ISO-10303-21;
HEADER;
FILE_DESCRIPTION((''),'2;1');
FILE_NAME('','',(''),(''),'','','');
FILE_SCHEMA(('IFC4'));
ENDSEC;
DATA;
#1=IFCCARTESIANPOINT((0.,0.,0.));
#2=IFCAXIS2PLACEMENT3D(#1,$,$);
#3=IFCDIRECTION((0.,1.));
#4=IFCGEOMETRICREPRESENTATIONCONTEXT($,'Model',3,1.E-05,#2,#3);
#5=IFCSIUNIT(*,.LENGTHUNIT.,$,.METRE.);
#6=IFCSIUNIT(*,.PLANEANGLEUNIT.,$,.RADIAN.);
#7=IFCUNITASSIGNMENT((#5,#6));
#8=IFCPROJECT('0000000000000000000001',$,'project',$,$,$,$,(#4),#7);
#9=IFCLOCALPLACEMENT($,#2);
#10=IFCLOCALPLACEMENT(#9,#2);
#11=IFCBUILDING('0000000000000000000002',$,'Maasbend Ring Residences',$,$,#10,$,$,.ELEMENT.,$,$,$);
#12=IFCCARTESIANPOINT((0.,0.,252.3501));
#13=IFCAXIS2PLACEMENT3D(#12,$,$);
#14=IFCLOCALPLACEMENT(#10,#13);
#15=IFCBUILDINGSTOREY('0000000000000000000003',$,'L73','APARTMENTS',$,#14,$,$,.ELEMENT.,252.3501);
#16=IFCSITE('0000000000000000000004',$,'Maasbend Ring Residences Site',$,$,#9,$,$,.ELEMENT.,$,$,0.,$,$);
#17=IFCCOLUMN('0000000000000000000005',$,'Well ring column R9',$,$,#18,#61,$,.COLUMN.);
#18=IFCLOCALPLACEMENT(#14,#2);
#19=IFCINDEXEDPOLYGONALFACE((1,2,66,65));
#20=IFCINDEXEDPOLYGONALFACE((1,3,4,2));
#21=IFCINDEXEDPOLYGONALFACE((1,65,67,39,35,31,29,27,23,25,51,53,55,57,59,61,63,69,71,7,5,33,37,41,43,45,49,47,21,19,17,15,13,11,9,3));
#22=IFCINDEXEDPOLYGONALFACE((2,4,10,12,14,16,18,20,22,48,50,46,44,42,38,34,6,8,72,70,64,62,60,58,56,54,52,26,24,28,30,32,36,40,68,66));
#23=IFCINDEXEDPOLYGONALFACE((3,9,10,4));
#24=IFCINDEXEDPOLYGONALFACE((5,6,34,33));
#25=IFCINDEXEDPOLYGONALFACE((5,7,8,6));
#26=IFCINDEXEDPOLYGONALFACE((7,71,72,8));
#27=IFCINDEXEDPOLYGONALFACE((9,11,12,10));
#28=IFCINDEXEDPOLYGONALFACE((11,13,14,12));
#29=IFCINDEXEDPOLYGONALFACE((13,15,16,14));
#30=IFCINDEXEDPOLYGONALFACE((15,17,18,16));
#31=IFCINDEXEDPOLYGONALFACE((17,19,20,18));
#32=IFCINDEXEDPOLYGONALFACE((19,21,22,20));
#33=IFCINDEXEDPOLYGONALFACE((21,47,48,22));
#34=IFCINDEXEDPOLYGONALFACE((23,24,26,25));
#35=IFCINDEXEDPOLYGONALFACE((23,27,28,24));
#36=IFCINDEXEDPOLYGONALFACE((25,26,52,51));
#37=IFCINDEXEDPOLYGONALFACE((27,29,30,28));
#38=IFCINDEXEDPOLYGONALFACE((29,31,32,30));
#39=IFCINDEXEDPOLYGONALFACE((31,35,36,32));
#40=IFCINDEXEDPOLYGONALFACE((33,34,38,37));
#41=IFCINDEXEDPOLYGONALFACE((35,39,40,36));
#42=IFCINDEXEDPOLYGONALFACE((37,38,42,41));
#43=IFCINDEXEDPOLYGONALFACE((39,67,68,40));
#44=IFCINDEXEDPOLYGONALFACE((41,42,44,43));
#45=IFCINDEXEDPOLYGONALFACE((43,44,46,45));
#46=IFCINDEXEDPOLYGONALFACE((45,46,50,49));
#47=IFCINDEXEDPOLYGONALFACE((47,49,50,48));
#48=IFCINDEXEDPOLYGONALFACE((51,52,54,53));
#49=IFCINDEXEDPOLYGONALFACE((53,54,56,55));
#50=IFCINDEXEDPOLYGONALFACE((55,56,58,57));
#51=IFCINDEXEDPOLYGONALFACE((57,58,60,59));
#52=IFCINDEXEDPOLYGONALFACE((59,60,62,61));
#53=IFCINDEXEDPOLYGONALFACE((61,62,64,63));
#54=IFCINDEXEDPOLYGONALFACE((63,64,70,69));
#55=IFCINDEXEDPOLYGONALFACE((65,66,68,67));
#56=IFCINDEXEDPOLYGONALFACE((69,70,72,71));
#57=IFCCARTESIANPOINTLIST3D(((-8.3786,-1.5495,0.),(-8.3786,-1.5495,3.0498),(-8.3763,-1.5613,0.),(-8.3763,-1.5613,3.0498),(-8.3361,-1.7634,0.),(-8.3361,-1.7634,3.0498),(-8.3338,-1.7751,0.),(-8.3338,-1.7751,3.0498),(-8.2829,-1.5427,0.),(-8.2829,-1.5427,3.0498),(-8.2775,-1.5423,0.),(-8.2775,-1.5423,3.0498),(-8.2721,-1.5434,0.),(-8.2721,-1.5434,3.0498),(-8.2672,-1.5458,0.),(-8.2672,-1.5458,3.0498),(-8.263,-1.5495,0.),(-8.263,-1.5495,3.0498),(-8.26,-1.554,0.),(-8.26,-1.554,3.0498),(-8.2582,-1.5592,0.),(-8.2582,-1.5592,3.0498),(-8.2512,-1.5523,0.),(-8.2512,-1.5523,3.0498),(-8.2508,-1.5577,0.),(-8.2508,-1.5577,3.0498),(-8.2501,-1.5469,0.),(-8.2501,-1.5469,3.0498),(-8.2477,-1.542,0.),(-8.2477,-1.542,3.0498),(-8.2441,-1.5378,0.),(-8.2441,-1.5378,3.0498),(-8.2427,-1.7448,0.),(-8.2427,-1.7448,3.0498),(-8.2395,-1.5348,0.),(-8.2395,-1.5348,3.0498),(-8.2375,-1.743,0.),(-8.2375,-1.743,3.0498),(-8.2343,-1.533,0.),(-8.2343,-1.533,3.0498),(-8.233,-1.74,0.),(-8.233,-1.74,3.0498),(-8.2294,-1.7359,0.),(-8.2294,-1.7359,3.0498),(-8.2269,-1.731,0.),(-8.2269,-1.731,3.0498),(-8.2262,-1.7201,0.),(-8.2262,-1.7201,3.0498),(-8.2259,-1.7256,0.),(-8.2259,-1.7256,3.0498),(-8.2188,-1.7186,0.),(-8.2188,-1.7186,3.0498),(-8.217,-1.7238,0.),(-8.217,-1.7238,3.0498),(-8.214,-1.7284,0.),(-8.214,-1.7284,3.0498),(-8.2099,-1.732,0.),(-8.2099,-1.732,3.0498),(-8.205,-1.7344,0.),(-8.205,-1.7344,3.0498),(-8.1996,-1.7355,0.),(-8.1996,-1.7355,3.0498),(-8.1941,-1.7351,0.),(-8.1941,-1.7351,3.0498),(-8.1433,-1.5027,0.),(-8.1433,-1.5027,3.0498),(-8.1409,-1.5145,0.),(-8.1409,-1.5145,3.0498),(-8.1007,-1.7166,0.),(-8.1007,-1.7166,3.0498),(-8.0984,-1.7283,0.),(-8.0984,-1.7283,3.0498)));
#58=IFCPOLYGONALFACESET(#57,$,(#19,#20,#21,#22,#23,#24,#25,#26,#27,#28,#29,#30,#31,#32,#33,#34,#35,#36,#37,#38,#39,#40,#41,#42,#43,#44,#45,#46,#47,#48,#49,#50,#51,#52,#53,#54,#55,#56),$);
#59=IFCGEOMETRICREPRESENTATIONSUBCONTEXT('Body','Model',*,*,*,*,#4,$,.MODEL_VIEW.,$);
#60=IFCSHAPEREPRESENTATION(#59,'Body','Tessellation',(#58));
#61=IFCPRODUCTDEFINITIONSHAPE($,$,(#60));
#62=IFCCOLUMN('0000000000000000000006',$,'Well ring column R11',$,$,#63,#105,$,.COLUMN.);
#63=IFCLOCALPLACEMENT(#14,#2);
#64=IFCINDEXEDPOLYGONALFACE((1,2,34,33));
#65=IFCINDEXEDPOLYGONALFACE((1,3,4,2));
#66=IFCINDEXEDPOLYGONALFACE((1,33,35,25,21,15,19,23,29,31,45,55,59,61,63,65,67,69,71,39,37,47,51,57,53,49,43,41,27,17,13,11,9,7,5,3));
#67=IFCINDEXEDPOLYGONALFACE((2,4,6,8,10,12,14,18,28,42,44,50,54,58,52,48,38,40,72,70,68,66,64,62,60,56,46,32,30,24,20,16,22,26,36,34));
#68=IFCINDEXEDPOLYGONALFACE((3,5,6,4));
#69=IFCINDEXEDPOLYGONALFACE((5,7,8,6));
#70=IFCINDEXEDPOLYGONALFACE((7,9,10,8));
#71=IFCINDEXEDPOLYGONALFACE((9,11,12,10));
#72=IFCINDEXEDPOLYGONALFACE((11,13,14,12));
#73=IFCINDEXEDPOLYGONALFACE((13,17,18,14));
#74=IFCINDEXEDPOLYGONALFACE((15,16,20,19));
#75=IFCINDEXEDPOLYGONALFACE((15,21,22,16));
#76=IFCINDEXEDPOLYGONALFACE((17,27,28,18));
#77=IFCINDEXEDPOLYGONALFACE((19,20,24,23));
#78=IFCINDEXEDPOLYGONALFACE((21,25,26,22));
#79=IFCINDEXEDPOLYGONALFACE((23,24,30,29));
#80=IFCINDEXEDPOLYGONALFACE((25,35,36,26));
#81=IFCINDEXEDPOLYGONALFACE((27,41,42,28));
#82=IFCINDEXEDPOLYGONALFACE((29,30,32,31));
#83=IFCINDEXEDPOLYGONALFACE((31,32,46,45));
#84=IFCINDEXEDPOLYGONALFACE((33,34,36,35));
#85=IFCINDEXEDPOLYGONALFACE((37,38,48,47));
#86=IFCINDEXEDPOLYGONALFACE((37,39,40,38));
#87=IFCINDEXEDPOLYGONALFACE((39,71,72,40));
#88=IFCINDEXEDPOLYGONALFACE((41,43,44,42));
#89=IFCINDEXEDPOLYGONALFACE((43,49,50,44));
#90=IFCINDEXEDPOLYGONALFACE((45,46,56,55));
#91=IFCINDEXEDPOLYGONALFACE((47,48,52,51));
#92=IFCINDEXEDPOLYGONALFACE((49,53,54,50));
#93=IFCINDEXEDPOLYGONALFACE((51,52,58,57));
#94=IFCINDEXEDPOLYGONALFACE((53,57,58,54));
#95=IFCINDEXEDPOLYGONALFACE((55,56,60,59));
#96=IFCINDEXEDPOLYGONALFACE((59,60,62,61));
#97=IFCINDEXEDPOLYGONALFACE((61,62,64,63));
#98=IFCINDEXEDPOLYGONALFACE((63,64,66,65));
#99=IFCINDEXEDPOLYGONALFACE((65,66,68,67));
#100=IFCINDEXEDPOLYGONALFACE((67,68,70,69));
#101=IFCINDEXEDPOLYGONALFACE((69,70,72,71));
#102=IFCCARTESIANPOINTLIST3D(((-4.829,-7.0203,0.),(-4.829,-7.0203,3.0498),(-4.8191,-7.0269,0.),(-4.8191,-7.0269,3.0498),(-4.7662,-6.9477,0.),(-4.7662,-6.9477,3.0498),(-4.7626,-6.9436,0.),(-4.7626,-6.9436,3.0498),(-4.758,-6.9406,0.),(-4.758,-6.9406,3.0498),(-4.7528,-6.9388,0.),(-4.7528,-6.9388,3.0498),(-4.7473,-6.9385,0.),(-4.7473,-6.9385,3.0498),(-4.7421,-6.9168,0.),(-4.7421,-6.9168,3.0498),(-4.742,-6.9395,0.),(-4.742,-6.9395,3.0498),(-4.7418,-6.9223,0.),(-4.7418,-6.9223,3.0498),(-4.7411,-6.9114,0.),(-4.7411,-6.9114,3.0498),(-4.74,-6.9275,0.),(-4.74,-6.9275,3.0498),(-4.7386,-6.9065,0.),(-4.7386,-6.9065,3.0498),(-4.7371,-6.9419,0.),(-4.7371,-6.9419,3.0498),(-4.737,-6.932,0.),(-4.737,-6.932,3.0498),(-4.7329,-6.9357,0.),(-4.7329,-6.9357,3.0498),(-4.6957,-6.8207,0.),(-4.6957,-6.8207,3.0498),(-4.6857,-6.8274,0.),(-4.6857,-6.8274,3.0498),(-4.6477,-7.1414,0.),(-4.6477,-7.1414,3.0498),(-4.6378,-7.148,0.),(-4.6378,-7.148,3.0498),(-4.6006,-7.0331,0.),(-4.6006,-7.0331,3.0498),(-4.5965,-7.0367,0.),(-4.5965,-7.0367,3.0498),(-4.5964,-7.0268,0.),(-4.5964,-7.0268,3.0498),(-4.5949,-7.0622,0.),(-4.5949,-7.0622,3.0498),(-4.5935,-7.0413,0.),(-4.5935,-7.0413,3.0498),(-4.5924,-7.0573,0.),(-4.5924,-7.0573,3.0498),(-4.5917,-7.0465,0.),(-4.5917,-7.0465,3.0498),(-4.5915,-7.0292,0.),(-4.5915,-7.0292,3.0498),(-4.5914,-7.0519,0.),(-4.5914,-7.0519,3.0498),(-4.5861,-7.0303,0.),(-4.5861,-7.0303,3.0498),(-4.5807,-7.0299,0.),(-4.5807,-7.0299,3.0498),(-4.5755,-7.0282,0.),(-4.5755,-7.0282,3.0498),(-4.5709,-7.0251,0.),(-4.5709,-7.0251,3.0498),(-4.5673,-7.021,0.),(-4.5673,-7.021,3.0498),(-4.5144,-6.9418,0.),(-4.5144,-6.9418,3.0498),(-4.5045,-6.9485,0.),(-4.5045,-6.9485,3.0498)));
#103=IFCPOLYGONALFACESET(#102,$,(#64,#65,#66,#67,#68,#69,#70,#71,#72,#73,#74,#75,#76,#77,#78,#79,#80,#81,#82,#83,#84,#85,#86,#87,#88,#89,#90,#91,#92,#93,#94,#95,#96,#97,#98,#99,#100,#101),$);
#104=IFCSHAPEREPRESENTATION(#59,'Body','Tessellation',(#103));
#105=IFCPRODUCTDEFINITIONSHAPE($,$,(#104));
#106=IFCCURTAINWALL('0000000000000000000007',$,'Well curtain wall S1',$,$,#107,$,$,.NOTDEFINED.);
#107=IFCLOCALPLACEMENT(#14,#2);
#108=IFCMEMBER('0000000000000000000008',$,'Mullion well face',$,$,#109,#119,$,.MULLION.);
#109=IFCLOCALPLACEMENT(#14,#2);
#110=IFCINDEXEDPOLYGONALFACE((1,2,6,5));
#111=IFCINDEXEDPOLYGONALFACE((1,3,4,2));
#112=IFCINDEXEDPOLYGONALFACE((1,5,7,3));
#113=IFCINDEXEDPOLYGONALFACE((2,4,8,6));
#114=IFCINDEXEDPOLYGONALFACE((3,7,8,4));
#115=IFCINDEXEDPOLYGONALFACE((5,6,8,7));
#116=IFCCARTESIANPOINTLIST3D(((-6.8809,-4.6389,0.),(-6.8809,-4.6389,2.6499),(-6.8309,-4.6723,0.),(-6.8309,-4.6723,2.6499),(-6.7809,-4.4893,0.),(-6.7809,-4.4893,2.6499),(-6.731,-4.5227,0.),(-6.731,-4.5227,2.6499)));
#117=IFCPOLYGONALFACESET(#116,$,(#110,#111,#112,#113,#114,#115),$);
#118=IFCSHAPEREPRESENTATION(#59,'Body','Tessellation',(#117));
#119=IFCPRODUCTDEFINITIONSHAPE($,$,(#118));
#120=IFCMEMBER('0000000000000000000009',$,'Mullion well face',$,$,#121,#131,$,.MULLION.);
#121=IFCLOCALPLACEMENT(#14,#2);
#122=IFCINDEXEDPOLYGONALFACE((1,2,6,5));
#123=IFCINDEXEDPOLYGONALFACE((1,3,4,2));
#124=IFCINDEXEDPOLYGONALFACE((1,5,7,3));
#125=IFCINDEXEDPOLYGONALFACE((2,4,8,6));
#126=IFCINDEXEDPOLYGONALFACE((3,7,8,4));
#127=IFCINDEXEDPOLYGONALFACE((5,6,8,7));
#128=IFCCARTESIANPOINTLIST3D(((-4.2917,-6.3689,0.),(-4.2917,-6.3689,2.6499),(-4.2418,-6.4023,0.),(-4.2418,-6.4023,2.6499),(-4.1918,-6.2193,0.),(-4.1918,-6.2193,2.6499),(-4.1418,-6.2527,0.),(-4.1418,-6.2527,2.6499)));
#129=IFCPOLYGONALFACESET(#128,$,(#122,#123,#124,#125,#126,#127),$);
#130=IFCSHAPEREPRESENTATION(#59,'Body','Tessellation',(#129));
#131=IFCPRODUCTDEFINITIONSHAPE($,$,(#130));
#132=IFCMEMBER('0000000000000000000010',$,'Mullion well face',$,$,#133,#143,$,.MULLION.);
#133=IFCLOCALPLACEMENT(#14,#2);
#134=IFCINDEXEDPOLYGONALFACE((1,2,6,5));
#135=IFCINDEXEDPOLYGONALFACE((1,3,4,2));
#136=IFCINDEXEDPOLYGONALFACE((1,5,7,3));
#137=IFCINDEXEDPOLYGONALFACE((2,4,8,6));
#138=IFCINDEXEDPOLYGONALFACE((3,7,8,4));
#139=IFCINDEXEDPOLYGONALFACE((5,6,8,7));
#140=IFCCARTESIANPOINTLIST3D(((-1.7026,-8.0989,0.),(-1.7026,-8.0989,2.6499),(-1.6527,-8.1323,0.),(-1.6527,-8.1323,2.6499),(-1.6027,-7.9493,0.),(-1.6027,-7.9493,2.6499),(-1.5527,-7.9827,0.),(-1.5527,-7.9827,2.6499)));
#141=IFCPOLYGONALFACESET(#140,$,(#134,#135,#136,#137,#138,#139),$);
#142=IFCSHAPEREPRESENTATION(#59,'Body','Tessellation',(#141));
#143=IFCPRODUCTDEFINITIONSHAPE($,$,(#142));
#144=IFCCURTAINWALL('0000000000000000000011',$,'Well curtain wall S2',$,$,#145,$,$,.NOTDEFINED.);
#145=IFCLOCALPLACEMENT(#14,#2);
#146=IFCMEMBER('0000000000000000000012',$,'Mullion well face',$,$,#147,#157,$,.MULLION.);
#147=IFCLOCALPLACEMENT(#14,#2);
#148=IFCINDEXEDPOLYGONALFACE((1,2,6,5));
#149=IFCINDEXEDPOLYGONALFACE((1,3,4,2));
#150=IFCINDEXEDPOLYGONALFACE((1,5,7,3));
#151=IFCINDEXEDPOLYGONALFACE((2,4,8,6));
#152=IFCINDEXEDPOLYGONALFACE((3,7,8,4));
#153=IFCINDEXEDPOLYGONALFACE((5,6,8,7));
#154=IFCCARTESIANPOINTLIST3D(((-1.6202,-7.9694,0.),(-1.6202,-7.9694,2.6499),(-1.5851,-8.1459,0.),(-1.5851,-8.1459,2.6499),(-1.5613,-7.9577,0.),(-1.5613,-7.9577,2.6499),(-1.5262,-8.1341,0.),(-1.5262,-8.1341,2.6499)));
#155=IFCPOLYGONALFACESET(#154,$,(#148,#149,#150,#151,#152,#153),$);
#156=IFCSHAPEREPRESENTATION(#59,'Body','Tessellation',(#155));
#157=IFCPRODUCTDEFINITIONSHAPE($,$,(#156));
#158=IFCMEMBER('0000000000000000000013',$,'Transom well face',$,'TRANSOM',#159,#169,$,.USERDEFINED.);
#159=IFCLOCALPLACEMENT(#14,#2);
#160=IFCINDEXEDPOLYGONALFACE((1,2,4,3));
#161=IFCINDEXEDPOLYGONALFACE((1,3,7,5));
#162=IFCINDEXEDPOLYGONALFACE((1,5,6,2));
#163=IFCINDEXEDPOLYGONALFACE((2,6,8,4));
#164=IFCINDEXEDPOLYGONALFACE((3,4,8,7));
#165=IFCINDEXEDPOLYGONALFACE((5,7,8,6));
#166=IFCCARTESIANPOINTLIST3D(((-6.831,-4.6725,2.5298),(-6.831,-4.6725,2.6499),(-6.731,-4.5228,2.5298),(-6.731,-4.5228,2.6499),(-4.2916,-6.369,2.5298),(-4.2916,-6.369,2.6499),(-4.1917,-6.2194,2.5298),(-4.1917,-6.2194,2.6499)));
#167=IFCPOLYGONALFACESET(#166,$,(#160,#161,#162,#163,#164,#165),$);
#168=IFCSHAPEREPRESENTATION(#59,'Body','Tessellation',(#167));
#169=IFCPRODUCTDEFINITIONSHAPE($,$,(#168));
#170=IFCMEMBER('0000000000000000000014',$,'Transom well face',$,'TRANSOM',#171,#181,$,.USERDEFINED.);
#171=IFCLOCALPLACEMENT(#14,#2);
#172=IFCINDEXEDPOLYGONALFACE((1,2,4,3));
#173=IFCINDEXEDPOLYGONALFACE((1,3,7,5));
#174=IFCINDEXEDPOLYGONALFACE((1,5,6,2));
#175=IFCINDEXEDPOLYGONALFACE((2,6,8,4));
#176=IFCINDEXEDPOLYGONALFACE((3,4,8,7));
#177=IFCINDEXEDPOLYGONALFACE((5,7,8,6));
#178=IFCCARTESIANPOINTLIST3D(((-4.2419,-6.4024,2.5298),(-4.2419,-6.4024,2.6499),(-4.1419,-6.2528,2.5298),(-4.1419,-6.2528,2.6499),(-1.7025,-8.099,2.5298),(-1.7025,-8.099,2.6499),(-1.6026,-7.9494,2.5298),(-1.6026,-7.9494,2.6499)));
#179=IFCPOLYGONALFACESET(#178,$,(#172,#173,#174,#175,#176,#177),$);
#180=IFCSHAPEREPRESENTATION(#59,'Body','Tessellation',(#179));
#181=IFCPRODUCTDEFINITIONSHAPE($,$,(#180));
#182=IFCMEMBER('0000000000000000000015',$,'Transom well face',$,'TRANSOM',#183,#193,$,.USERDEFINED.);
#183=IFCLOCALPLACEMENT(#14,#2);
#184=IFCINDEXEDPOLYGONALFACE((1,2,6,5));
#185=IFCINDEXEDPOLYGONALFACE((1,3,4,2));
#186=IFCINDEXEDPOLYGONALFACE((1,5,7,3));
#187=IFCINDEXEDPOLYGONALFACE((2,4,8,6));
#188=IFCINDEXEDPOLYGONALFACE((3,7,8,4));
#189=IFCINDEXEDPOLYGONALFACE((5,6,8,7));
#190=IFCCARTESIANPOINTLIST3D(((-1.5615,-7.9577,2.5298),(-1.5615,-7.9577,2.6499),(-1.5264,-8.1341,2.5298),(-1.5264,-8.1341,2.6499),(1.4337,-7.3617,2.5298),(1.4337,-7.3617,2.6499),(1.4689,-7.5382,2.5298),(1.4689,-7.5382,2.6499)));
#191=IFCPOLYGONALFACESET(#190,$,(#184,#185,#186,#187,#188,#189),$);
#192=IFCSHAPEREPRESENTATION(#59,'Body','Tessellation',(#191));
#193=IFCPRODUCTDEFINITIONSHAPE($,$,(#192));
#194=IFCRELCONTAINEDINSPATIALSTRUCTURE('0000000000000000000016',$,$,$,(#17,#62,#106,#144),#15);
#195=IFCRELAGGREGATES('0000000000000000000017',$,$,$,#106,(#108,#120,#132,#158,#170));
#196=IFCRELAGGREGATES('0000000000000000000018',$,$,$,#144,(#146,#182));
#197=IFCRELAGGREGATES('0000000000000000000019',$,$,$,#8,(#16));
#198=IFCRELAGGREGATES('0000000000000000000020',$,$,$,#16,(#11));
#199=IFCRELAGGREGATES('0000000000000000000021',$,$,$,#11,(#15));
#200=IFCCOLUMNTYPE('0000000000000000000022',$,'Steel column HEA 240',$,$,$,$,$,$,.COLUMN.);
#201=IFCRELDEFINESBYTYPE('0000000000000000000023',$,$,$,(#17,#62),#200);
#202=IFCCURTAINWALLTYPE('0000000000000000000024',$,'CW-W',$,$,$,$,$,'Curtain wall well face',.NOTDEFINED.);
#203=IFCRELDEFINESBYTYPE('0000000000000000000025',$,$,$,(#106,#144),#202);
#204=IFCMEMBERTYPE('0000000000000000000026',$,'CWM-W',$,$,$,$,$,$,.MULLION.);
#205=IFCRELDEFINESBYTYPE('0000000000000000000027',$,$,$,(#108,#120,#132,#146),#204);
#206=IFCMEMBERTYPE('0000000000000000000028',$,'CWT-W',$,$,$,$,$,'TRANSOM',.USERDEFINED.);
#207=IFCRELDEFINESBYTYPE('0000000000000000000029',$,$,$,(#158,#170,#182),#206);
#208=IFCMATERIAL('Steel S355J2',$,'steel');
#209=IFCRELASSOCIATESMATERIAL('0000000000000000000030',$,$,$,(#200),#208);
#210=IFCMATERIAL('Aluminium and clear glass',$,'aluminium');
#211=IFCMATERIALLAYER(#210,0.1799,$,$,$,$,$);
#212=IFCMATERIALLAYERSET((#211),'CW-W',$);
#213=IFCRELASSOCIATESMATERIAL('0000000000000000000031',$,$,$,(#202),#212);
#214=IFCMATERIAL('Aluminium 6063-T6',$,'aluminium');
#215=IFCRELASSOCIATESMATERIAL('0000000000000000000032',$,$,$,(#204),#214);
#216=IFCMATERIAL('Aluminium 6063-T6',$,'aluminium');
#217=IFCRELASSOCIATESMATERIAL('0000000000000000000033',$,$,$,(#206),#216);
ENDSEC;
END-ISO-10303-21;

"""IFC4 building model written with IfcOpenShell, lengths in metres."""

from ifc_helpers import new_model, si_unit, direction, frame, origin, origin_2d, place, context, subcontext, project, spatial, rectangle, i_section, extrude, material, layer, layer_set, material_profile, profile_set, type_object, element, aggregate, save


model = new_model("IFC4")

# Units and contexts
model_context = context("Model", 3, precision=1e-05, world=origin(), true_north=direction((0.0, 1.0)))
body_context = subcontext(model_context, "Body", "Model", "MODEL_VIEW")
ifc_project = project(units=[si_unit("LENGTHUNIT", "METRE"), si_unit("PLANEANGLEUNIT", "RADIAN")], contexts=[model_context])

# Site, building, storey
site_placement = place(None, origin())
site = spatial("IfcSite", under=ifc_project, at=site_placement, Name="Maasbend Ring Residences Site", CompositionType="ELEMENT", RefElevation=0.0)
building_placement = place(site_placement, origin())
building = spatial("IfcBuilding", under=site, at=building_placement, Name="Maasbend Ring Residences", CompositionType="ELEMENT")
storey_placement = place(building_placement, frame((0.0, 0.0, 252.3501)))
storey = spatial("IfcBuildingStorey", under=building, at=storey_placement, Name="L73", Description="APARTMENTS", CompositionType="ELEMENT", Elevation=252.3501)

# Columns
ifc_material_1 = material(Name="Steel S355J2", Category="steel")
ifc_material_profile_1 = material_profile(ifc_material_1, i_section(OverallWidth=0.24, OverallDepth=0.23, WebThickness=0.0076, FlangeThickness=0.012, FilletRadius=0.021, at=origin_2d()), Name="HEA 240")
ifc_profile_set_1 = profile_set([ifc_material_profile_1], Name="Steel S355J2")
column_type = type_object("IfcColumnType", Name="Steel column HEA 240", PredefinedType="COLUMN", material=ifc_profile_set_1)
for number, where, z_axis, x_axis, name in (
    (1, (-8.2385, -1.6389, 0.0), (0.0, 0.0, 1.0), (-0.980785, -0.19509, 0.0), "Well ring column R9"),
    (2, (-4.6667, -6.9844, 0.0), (0.0, 0.0, 1.0), (-0.55557, -0.83147, 0.0), "Well ring column R11"),
):
    element("IfcColumn", number, at=place(storey_placement, frame(where, z_axis=z_axis, x_axis=x_axis)), inside=storey, type_object=column_type, Name=name, PredefinedType="COLUMN", context=body_context, shape_type="SweptSolid", body=[
        extrude(i_section(OverallWidth=0.24, OverallDepth=0.23, WebThickness=0.0076, FlangeThickness=0.012, FilletRadius=0.021, at=origin_2d()), origin(), (0.0, 0.0, 1.0), 3.0498),
    ])

# Curtain wall, members
ifc_material_2 = material(Name="Aluminium and clear glass", Category="aluminium")
ifc_layer_1 = layer(ifc_material_2, 0.1799)
ifc_layer_set_1 = layer_set([ifc_layer_1], Name="CW-W")
curtain_wall_type = type_object("IfcCurtainWallType", Name="CW-W", ElementType="Curtain wall well face", PredefinedType="NOTDEFINED", material=ifc_layer_set_1)
curtain_wall_1_placement = place(storey_placement, origin())
curtain_wall_1 = element("IfcCurtainWall", 3, at=curtain_wall_1_placement, inside=storey, type_object=curtain_wall_type, Name="Well curtain wall S1", PredefinedType="NOTDEFINED")
ifc_material_3 = material(Name="Aluminium 6063-T6", Category="aluminium")
ifc_material_profile_2 = material_profile(ifc_material_3, rectangle(XDim=0.1799, YDim=0.0601, at=origin_2d()), Name="AL 180x60")
ifc_profile_set_2 = profile_set([ifc_material_profile_2], Name="Aluminium 6063-T6")
member_type_1 = type_object("IfcMemberType", Name="CWM-W", PredefinedType="MULLION", material=ifc_profile_set_2)
member_1_placement = place(storey_placement, frame((-6.8059, -4.5808, 0.0), z_axis=(0.0, 0.0, 1.0), x_axis=(0.55557, 0.83147, 0.0)))
member_1 = element("IfcMember", 4, at=member_1_placement, type_object=member_type_1, Name="Mullion well face", PredefinedType="MULLION", context=body_context, shape_type="SweptSolid", body=[
    extrude(rectangle(XDim=0.1799, YDim=0.0601, at=origin_2d()), origin(), (0.0, 0.0, 1.0), 2.6499),
])
member_2_placement = place(storey_placement, frame((-4.2168, -6.3108, 0.0), z_axis=(0.0, 0.0, 1.0), x_axis=(0.55557, 0.83147, 0.0)))
member_2 = element("IfcMember", 5, at=member_2_placement, type_object=member_type_1, Name="Mullion well face", PredefinedType="MULLION", context=body_context, shape_type="SweptSolid", body=[
    extrude(rectangle(XDim=0.1799, YDim=0.0601, at=origin_2d()), origin(), (0.0, 0.0, 1.0), 2.6499),
])
member_3_placement = place(storey_placement, frame((-1.6277, -8.0408, 0.0), z_axis=(0.0, 0.0, 1.0), x_axis=(0.55557, 0.83147, 0.0)))
member_3 = element("IfcMember", 6, at=member_3_placement, type_object=member_type_1, Name="Mullion well face", PredefinedType="MULLION", context=body_context, shape_type="SweptSolid", body=[
    extrude(rectangle(XDim=0.1799, YDim=0.0601, at=origin_2d()), origin(), (0.0, 0.0, 1.0), 2.6499),
])

# Curtain wall, member
curtain_wall_2_placement = place(storey_placement, origin())
curtain_wall_2 = element("IfcCurtainWall", 7, at=curtain_wall_2_placement, inside=storey, type_object=curtain_wall_type, Name="Well curtain wall S2", PredefinedType="NOTDEFINED")
member_4_placement = place(storey_placement, frame((-1.5732, -8.0518, 0.0), z_axis=(0.0, 0.0, 1.0), x_axis=(-0.19509, 0.980785, 0.0)))
member_4 = element("IfcMember", 8, at=member_4_placement, type_object=member_type_1, Name="Mullion well face", PredefinedType="MULLION", context=body_context, shape_type="SweptSolid", body=[
    extrude(rectangle(XDim=0.1799, YDim=0.0601, at=origin_2d()), origin(), (0.0, 0.0, 1.0), 2.6499),
])

# Members
ifc_material_4 = material(Name="Aluminium 6063-T6", Category="aluminium")
ifc_material_profile_3 = material_profile(ifc_material_4, rectangle(XDim=0.1799, YDim=0.1201, at=origin_2d()), Name="AL 180x120")
ifc_profile_set_3 = profile_set([ifc_material_profile_3], Name="Aluminium 6063-T6")
member_type_2 = type_object("IfcMemberType", Name="CWT-W", ElementType="TRANSOM", PredefinedType="USERDEFINED", material=ifc_profile_set_3)
member_5_placement = place(storey_placement, frame((-6.781, -4.5977, 2.5898), z_axis=(0.831496, -0.55553, 0.0), x_axis=(0.55553, 0.831496, 0.0)))
member_5 = element("IfcMember", 9, at=member_5_placement, type_object=member_type_2, Name="Transom well face", ObjectType="TRANSOM", PredefinedType="USERDEFINED", context=body_context, shape_type="SweptSolid", body=[
    extrude(rectangle(XDim=0.1799, YDim=0.1201, at=origin_2d()), origin(), (0.0, 0.0, 1.0), 3.054),
])
member_6_placement = place(storey_placement, frame((-4.1919, -6.3276, 2.5898), z_axis=(0.831496, -0.55553, 0.0), x_axis=(0.55553, 0.831496, 0.0)))
member_6 = element("IfcMember", 10, at=member_6_placement, type_object=member_type_2, Name="Transom well face", ObjectType="TRANSOM", PredefinedType="USERDEFINED", context=body_context, shape_type="SweptSolid", body=[
    extrude(rectangle(XDim=0.1799, YDim=0.1201, at=origin_2d()), origin(), (0.0, 0.0, 1.0), 3.054),
])
member_7_placement = place(storey_placement, frame((-1.5439, -8.0459, 2.5898), z_axis=(0.980777, 0.195132, 0.0), x_axis=(-0.195132, 0.980777, 0.0)))
member_7 = element("IfcMember", 11, at=member_7_placement, type_object=member_type_2, Name="Transom well face", ObjectType="TRANSOM", PredefinedType="USERDEFINED", context=body_context, shape_type="SweptSolid", body=[
    extrude(rectangle(XDim=0.1799, YDim=0.1201, at=origin_2d()), origin(), (0.0, 0.0, 1.0), 3.054),
])

aggregate(curtain_wall_1, [member_1, member_2, member_3, member_5, member_6])
aggregate(curtain_wall_2, [member_4, member_7])

save(model, "model.ifc")
